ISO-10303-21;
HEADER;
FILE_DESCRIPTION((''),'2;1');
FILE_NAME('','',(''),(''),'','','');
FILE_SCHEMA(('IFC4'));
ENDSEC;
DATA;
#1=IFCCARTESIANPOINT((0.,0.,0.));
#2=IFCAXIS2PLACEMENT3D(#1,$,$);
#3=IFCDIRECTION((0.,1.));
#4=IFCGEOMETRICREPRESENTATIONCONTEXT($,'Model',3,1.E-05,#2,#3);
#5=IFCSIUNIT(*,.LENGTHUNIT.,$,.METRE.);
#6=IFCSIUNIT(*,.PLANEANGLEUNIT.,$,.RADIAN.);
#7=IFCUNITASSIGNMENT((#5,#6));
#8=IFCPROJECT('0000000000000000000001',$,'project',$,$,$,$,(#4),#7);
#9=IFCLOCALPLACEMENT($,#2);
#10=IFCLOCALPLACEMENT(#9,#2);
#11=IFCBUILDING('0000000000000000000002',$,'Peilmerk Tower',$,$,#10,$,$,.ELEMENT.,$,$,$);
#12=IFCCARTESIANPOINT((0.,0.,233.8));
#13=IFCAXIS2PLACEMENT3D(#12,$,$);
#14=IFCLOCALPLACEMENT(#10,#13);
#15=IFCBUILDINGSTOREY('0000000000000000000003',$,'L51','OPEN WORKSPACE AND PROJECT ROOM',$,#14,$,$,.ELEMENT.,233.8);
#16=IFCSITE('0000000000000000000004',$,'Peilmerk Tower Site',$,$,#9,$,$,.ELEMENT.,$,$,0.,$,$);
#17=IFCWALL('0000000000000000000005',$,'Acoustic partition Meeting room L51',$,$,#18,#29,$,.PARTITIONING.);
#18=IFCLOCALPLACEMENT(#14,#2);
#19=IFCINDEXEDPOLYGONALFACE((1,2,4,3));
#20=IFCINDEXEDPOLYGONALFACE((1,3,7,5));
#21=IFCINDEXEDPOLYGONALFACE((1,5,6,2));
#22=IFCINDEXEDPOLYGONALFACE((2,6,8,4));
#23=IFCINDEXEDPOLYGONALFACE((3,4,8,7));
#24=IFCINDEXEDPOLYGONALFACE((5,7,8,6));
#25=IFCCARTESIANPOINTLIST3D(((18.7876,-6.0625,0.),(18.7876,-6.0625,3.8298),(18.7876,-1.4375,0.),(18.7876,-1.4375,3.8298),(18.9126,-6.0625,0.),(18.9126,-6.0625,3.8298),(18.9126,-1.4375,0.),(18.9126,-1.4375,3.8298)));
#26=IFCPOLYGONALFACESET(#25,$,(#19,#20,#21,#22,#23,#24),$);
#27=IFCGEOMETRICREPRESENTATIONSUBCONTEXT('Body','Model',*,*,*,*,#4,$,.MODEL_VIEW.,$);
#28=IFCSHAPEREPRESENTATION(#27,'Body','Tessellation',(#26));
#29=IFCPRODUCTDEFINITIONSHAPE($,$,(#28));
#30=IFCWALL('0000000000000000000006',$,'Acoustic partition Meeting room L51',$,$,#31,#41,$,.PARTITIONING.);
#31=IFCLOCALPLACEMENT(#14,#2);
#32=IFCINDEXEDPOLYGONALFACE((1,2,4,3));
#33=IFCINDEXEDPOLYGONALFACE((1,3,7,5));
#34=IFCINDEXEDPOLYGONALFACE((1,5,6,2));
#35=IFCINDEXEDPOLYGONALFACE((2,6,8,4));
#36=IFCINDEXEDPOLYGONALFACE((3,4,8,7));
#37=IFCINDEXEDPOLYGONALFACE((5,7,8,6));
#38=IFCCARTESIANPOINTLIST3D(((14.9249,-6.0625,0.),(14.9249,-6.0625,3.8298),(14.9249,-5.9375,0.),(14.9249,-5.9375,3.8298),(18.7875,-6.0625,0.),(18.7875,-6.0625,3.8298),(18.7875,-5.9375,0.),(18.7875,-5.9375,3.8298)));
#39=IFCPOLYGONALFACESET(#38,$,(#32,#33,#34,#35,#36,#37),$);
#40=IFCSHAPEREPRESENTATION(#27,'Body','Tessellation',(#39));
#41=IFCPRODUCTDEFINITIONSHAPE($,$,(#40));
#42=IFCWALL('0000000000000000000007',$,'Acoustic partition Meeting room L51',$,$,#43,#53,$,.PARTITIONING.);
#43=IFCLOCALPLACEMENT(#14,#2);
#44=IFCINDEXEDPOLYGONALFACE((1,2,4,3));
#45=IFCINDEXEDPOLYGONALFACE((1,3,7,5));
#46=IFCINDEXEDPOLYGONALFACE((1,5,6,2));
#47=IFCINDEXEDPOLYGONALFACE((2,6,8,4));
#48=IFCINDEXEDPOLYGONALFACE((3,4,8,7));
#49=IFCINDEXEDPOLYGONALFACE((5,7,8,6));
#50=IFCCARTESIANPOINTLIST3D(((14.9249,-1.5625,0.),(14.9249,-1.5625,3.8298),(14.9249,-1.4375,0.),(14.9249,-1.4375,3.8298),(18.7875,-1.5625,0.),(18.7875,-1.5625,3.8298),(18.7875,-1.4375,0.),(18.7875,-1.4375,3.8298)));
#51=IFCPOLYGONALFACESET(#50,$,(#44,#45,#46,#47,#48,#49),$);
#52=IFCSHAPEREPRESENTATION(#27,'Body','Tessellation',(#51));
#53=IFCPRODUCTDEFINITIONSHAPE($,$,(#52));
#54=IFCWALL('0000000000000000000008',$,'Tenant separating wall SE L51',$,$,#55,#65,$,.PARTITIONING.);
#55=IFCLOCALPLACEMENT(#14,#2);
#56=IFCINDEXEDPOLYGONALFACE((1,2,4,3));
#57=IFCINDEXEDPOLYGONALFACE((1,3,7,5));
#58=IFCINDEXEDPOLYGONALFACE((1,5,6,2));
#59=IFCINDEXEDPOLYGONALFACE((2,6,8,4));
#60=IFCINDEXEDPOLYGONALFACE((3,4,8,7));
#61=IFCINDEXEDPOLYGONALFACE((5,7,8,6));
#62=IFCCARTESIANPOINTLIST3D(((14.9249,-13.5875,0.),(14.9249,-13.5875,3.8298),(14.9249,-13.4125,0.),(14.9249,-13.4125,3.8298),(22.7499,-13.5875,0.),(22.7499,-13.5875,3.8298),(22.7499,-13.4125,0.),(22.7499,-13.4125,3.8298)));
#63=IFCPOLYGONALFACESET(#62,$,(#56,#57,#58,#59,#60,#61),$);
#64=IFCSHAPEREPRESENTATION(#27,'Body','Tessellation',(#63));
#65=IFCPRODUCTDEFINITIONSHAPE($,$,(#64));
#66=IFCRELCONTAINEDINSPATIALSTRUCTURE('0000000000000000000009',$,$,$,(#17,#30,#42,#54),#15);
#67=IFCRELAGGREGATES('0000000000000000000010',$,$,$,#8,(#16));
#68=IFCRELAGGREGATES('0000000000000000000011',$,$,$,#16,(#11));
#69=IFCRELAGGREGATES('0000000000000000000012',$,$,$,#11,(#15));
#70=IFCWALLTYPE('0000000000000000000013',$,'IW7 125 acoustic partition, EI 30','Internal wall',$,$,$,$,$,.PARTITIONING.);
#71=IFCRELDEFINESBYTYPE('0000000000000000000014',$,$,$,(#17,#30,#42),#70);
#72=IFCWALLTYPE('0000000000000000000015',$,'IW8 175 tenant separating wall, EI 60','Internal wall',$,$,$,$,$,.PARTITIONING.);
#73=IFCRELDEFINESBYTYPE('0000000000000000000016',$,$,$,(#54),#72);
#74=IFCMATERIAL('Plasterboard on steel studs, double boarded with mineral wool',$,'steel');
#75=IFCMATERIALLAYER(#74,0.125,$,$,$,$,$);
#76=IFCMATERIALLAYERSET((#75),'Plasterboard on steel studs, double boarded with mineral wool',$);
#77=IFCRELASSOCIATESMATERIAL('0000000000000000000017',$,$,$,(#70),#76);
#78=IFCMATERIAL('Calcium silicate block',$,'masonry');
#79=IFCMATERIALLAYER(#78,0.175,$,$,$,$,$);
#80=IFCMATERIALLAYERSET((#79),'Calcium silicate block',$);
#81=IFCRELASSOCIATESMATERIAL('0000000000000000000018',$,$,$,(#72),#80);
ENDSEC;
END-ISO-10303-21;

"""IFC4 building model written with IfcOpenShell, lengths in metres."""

from ifc_helpers import new_model, si_unit, direction, frame, frame_2d, origin, place, context, subcontext, project, spatial, rectangle, extrude, material, layer, layer_set, type_object, element, save


model = new_model("IFC4")

# Units and contexts
model_context = context("Model", 3, precision=1e-05, world=origin(), true_north=direction((0.0, 1.0)))
body_context = subcontext(model_context, "Body", "Model", "MODEL_VIEW")
ifc_project = project(units=[si_unit("LENGTHUNIT", "METRE"), si_unit("PLANEANGLEUNIT", "RADIAN")], contexts=[model_context])

# Site, building, storey
site_placement = place(None, origin())
site = spatial("IfcSite", under=ifc_project, at=site_placement, Name="Peilmerk Tower Site", CompositionType="ELEMENT", RefElevation=0.0)
building_placement = place(site_placement, origin())
building = spatial("IfcBuilding", under=site, at=building_placement, Name="Peilmerk Tower", CompositionType="ELEMENT")
storey_placement = place(building_placement, frame((0.0, 0.0, 233.8)))
storey = spatial("IfcBuildingStorey", under=building, at=storey_placement, Name="L51", Description="OPEN WORKSPACE AND PROJECT ROOM", CompositionType="ELEMENT", Elevation=233.8)

# Shared definitions
ifc_material_1 = material(Name="Calcium silicate block", Category="masonry")

# Walls
ifc_material_2 = material(Name="Plasterboard on steel studs, double boarded with mineral wool", Category="steel")
ifc_layer_1 = layer(ifc_material_2, 0.125)
ifc_layer_set_1 = layer_set([ifc_layer_1], Name="Plasterboard on steel studs, double boarded with mineral wool")
wall_type_1 = type_object("IfcWallType", Name="IW7 125 acoustic partition, EI 30", Description="Internal wall", PredefinedType="PARTITIONING", material=ifc_layer_set_1)
wall_1_placement = place(storey_placement, frame((18.8501, -6.0625, 0.0), z_axis=(0.0, 0.0, 1.0), x_axis=(0.0, 1.0, 0.0)))
element("IfcWall", 1, at=wall_1_placement, inside=storey, type_object=wall_type_1, Name="Acoustic partition Meeting room L51", PredefinedType="PARTITIONING", context=body_context, shape_type="SweptSolid", body=[
    extrude(rectangle(XDim=4.625, YDim=0.125, at=frame_2d((2.3125, 0.0))), origin(), (0.0, 0.0, 1.0), 3.8298),
])
for number, where, z_axis, x_axis, name in (
    (2, (14.925, -6.0, 0.0), (0.0, 0.0, 1.0), (1.0, 0.0, 0.0), "Acoustic partition Meeting room L51"),
    (3, (14.925, -1.5, 0.0), (0.0, 0.0, 1.0), (1.0, 0.0, 0.0), "Acoustic partition Meeting room L51"),
):
    element("IfcWall", number, at=place(storey_placement, frame(where, z_axis=z_axis, x_axis=x_axis)), inside=storey, type_object=wall_type_1, Name=name, PredefinedType="PARTITIONING", context=body_context, shape_type="SweptSolid", body=[
        extrude(rectangle(XDim=3.8625, YDim=0.125, at=frame_2d((1.9312, 0.0))), origin(), (0.0, 0.0, 1.0), 3.8298),
    ])
ifc_layer_2 = layer(ifc_material_1, 0.175)
ifc_layer_set_2 = layer_set([ifc_layer_2], Name="Calcium silicate block")
wall_type_2 = type_object("IfcWallType", Name="IW8 175 tenant separating wall, EI 60", Description="Internal wall", PredefinedType="PARTITIONING", material=ifc_layer_set_2)
wall_2_placement = place(storey_placement, frame((22.75, -13.5, 0.0), z_axis=(0.0, 0.0, 1.0), x_axis=(-1.0, 0.0, 0.0)))
element("IfcWall", 4, at=wall_2_placement, inside=storey, type_object=wall_type_2, Name="Tenant separating wall SE L51", PredefinedType="PARTITIONING", context=body_context, shape_type="SweptSolid", body=[
    extrude(rectangle(XDim=7.825, YDim=0.175, at=frame_2d((3.9126, 0.0))), origin(), (0.0, 0.0, 1.0), 3.8298),
])

save(model, "model.ifc")
